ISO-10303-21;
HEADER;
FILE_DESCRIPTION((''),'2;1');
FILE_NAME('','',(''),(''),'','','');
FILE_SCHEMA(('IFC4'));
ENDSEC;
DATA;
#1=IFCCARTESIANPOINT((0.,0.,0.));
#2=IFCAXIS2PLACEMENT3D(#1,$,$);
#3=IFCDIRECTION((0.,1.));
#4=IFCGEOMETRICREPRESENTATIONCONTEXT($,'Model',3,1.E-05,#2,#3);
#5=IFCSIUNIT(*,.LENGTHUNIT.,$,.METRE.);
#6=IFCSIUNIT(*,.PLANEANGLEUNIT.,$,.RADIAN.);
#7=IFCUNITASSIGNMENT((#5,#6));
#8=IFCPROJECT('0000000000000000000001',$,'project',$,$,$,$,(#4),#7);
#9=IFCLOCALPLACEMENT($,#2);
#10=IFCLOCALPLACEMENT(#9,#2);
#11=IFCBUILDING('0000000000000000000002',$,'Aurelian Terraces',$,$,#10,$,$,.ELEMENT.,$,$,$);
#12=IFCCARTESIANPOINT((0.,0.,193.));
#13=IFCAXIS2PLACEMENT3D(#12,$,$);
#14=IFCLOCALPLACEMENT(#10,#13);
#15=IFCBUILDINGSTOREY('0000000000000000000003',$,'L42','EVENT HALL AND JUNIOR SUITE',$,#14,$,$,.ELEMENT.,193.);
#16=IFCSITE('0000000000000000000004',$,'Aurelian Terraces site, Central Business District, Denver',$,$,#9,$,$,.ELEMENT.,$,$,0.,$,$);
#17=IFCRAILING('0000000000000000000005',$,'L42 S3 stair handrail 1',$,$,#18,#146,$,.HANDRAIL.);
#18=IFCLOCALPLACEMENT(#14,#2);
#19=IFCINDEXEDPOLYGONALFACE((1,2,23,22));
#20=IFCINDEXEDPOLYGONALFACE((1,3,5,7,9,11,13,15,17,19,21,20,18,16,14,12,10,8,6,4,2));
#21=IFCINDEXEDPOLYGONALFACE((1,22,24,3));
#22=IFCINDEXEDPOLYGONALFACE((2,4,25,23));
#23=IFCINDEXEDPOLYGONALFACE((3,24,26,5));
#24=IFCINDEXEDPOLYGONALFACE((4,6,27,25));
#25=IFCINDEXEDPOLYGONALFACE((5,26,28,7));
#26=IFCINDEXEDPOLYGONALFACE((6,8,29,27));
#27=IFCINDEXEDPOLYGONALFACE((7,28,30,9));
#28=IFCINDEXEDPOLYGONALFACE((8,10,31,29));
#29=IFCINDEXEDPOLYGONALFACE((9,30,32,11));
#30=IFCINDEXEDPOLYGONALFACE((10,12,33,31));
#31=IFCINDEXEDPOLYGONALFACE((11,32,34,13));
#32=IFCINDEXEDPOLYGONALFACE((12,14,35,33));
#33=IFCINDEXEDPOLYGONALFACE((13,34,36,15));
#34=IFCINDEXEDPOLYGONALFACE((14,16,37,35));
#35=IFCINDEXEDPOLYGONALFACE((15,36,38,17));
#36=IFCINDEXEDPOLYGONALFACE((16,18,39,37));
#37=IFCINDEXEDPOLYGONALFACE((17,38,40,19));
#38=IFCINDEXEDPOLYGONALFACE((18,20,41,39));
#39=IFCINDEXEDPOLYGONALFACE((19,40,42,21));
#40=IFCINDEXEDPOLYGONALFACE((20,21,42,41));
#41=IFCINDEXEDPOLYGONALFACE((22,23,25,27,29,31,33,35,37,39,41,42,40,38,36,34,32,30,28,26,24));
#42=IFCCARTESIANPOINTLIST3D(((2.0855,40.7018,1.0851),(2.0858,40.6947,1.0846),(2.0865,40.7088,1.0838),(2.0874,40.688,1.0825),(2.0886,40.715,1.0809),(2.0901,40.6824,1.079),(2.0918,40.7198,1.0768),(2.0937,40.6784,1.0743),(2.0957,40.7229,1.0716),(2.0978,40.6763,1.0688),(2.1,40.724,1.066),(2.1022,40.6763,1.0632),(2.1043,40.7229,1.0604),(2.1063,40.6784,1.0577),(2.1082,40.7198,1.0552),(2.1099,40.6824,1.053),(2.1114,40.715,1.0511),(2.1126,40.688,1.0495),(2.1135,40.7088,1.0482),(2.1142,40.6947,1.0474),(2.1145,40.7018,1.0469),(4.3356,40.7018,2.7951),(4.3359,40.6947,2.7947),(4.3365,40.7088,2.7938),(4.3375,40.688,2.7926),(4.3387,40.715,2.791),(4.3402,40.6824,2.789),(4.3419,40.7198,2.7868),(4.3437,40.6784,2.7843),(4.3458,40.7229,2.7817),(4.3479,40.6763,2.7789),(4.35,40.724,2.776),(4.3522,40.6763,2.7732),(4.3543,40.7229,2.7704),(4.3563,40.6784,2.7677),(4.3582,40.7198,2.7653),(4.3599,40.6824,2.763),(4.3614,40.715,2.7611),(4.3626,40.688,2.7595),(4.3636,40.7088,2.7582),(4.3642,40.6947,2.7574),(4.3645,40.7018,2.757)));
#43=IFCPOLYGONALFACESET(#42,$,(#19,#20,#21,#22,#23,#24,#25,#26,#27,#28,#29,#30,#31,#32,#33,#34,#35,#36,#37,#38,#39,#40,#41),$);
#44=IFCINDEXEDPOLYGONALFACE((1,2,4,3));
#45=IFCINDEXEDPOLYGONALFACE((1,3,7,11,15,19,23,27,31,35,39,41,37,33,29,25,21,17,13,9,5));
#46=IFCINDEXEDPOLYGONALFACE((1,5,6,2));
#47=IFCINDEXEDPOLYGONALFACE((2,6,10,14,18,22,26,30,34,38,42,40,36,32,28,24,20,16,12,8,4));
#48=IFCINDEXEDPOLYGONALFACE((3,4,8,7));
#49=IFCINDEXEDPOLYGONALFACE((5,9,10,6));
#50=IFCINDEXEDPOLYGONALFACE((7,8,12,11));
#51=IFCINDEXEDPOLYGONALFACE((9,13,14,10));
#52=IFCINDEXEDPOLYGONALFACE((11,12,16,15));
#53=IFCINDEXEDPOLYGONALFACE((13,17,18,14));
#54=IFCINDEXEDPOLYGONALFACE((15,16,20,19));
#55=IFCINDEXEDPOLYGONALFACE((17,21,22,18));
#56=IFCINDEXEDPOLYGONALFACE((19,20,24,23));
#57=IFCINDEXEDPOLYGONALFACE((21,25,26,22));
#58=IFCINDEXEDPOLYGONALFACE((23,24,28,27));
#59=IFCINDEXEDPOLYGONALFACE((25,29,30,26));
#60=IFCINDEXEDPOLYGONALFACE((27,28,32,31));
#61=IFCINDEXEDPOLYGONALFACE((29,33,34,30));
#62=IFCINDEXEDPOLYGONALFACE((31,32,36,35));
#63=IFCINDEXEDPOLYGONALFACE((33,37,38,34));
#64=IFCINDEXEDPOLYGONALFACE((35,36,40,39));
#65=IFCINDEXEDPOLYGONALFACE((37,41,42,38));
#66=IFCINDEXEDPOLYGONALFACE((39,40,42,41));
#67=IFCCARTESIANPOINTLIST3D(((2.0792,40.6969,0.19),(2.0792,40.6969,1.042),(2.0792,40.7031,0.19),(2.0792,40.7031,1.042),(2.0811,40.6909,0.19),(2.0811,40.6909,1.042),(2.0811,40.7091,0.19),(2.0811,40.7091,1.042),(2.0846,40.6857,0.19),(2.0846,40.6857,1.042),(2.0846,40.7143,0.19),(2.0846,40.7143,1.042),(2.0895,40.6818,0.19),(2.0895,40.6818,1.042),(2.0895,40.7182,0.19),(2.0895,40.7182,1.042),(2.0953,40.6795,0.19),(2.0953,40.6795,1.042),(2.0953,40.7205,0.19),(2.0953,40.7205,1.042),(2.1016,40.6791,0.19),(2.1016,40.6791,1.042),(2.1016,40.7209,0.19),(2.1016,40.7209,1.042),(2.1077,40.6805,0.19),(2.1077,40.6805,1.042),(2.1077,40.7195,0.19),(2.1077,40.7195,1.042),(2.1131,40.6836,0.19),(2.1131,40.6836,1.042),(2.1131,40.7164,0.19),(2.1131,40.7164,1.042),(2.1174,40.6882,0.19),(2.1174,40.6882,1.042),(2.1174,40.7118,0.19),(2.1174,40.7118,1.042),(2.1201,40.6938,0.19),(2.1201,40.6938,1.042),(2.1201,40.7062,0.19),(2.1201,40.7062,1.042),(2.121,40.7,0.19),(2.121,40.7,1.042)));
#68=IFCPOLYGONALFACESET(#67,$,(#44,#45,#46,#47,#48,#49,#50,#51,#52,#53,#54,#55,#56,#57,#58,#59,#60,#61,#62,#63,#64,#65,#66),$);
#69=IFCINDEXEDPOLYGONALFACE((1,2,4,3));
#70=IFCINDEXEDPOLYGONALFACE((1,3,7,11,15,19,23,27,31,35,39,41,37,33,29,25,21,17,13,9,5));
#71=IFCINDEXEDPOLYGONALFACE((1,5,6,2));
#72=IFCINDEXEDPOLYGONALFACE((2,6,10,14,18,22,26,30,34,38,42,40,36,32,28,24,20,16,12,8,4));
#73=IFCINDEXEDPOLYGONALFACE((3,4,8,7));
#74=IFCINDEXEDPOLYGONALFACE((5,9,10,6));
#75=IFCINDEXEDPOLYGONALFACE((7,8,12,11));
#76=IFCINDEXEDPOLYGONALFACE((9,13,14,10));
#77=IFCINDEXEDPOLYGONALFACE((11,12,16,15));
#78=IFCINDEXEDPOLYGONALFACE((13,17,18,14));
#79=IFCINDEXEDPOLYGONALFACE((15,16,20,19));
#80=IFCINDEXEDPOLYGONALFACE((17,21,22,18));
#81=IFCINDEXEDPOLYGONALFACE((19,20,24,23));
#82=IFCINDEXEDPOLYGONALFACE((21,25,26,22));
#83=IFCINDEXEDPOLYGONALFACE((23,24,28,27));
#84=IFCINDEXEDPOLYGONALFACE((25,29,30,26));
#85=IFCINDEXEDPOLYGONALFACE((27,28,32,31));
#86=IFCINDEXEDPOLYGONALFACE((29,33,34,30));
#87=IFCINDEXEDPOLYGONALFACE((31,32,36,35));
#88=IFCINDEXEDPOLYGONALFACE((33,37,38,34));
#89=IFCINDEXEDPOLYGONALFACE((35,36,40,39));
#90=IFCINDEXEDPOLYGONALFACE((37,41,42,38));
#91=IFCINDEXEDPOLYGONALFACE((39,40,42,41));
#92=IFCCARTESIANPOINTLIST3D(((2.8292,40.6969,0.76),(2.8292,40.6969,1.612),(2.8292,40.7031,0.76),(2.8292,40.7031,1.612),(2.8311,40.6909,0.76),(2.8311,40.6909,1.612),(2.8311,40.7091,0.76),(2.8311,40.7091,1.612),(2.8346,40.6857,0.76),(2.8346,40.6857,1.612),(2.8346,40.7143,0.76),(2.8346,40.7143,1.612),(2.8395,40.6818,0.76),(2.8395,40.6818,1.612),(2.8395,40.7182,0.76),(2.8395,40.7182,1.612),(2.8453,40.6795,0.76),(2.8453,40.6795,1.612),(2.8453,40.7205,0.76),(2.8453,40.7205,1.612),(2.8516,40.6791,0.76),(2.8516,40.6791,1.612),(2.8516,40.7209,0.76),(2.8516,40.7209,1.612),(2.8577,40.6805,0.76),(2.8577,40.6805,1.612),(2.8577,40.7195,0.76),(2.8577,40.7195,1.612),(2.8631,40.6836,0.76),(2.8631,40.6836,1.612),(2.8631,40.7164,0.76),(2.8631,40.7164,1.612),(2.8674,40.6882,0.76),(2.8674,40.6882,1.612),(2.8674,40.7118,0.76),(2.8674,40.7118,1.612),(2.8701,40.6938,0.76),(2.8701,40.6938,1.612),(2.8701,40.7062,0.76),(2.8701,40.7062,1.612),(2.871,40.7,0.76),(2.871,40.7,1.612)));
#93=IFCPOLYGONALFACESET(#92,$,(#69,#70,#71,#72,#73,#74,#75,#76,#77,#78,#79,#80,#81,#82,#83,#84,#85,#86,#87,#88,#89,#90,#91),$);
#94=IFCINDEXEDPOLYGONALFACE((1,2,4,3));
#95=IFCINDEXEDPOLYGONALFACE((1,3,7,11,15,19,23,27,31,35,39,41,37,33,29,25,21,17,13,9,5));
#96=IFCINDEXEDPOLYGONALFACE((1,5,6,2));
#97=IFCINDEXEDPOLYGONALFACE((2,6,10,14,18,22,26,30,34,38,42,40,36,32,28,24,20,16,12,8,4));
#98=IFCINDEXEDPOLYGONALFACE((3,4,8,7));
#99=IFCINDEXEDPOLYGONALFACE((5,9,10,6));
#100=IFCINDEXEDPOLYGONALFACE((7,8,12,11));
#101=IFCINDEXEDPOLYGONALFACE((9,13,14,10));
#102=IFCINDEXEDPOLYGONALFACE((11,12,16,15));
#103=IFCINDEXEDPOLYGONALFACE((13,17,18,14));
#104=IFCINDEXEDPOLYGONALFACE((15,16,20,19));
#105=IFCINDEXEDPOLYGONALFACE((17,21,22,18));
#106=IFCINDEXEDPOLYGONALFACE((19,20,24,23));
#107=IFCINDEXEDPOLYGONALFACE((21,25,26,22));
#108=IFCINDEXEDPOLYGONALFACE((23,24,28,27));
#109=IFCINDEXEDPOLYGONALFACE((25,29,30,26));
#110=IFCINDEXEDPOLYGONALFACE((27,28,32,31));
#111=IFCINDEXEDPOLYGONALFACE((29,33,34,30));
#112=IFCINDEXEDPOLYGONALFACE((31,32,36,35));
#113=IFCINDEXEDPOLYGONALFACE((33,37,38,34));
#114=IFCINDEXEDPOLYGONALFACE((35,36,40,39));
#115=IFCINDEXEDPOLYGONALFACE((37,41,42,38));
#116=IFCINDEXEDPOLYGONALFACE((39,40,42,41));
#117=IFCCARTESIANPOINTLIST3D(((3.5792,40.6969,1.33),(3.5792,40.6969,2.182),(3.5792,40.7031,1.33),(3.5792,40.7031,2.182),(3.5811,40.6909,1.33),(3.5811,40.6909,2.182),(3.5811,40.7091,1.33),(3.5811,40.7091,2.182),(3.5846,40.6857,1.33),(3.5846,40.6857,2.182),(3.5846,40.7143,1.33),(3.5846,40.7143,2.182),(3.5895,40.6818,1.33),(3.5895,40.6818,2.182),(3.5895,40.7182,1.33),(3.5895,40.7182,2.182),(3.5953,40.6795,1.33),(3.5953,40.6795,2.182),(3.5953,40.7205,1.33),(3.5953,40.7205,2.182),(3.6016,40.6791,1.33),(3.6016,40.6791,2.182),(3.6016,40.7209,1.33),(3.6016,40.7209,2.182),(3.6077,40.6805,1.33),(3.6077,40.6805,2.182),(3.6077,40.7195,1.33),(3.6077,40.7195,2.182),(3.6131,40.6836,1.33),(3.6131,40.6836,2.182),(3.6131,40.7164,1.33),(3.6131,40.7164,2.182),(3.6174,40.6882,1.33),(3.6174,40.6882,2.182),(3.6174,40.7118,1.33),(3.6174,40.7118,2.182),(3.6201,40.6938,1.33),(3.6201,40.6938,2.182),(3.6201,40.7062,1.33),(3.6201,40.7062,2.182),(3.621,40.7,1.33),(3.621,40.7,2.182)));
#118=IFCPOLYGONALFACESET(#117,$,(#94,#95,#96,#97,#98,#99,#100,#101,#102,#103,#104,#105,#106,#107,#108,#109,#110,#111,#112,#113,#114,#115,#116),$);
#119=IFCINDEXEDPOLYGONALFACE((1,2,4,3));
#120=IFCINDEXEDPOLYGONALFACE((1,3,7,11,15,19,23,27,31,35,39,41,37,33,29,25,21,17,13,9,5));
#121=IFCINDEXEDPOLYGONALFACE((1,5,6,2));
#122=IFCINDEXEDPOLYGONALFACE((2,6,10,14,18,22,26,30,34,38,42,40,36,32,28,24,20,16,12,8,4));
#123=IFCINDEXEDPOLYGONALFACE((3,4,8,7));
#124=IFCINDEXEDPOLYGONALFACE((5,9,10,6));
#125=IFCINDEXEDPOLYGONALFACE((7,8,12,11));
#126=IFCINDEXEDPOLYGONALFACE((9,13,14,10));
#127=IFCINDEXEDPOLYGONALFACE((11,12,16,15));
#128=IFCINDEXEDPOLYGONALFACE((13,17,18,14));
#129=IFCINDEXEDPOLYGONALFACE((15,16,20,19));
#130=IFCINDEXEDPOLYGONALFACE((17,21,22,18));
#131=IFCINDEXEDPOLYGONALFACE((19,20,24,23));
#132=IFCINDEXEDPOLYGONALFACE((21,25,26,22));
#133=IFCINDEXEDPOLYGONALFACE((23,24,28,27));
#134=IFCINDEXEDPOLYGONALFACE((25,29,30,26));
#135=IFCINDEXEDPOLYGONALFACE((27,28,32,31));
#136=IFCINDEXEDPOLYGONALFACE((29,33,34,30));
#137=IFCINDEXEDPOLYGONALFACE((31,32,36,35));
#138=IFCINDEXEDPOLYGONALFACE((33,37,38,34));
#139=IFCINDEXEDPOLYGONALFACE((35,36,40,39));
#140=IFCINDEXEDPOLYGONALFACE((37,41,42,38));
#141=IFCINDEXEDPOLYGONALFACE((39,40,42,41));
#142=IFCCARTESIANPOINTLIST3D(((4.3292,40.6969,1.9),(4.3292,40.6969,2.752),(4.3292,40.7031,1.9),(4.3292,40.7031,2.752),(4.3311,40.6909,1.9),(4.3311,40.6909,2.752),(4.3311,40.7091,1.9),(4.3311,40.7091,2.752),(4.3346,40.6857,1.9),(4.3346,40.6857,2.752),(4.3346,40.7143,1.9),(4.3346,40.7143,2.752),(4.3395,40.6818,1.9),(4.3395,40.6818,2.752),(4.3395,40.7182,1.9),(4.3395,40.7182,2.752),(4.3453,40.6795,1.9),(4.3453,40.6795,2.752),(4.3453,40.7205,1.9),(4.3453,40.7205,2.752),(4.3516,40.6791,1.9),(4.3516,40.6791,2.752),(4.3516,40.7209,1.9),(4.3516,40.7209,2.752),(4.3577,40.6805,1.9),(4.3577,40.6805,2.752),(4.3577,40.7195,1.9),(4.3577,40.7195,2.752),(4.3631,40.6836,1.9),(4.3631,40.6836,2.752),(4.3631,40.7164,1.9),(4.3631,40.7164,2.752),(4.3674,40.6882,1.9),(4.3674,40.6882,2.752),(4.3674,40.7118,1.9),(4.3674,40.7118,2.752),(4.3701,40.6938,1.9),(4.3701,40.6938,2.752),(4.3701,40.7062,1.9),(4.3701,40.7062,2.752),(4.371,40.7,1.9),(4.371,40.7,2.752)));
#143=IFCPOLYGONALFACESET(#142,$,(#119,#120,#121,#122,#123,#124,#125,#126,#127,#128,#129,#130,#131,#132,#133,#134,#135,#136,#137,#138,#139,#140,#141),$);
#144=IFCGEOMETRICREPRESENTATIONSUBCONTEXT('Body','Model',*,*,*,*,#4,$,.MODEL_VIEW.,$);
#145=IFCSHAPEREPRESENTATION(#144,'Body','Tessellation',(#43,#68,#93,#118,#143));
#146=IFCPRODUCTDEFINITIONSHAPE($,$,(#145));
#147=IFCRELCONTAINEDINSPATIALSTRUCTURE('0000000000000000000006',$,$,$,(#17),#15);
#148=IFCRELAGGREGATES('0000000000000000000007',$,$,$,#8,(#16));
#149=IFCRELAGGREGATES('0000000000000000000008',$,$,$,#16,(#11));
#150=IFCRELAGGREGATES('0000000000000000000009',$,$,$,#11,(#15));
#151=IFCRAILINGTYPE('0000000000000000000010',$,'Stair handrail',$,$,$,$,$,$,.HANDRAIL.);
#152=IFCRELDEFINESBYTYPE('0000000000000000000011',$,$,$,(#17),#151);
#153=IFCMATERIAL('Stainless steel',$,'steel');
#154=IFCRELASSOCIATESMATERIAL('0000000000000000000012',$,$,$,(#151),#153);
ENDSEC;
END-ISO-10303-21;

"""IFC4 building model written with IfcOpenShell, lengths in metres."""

from ifc_helpers import new_model, si_unit, direction, frame, origin, origin_2d, place, context, subcontext, project, spatial, circle, extrude, source, transform, mapped, material, type_object, element, save


model = new_model("IFC4")

# Units and contexts
model_context = context("Model", 3, precision=1e-05, world=origin(), true_north=direction((0.0, 1.0)))
body_context = subcontext(model_context, "Body", "Model", "MODEL_VIEW")
ifc_project = project(units=[si_unit("LENGTHUNIT", "METRE"), si_unit("PLANEANGLEUNIT", "RADIAN")], contexts=[model_context])

# Site, building, storey
site_placement = place(None, origin())
site = spatial("IfcSite", under=ifc_project, at=site_placement, Name="Aurelian Terraces site, Central Business District, Denver", CompositionType="ELEMENT", RefElevation=0.0)
building_placement = place(site_placement, origin())
building = spatial("IfcBuilding", under=site, at=building_placement, Name="Aurelian Terraces", CompositionType="ELEMENT")
storey_placement = place(building_placement, frame((0.0, 0.0, 193.0)))
storey = spatial("IfcBuildingStorey", under=building, at=storey_placement, Name="L42", Description="EVENT HALL AND JUNIOR SUITE", CompositionType="ELEMENT", Elevation=193.0)

# Railing
ifc_material_1 = material(Name="Stainless steel", Category="steel")
railing_type_1 = type_object("IfcRailingType", Name="Stair handrail", PredefinedType="HANDRAIL", material=ifc_material_1)
shared_shape_1 = source(origin(), body_context, "Body", "SweptSolid", [
    extrude(circle(Radius=0.024, at=origin_2d()), frame((0.0, 0.0, 0.876), z_axis=(0.796162, 0.0, 0.605083), x_axis=(0.0, 1.0, 0.0)), (0.0, 0.0, 1.0), 2.8261),
    extrude(circle(Radius=0.021, at=origin_2d()), origin(), (0.0, 0.0, 1.0), 0.852),
    extrude(circle(Radius=0.021, at=origin_2d()), frame((0.75, 0.0, 0.57)), (0.0, 0.0, 1.0), 0.852),
    extrude(circle(Radius=0.021, at=origin_2d()), frame((1.5, 0.0, 1.14)), (0.0, 0.0, 1.0), 0.852),
    extrude(circle(Radius=0.021, at=origin_2d()), frame((2.25, 0.0, 1.71)), (0.0, 0.0, 1.0), 0.852),
])
railing_1_placement = place(storey_placement, frame((2.1, 40.7, 0.19)))
element("IfcRailing", 1, at=railing_1_placement, inside=storey, type_object=railing_type_1, Name="L42 S3 stair handrail 1", PredefinedType="HANDRAIL", context=body_context, shape_type="MappedRepresentation", body=[
    mapped(shared_shape_1, transform((0.0, 0.0, 0.0), scale=1.0)),
])

save(model, "model.ifc")
